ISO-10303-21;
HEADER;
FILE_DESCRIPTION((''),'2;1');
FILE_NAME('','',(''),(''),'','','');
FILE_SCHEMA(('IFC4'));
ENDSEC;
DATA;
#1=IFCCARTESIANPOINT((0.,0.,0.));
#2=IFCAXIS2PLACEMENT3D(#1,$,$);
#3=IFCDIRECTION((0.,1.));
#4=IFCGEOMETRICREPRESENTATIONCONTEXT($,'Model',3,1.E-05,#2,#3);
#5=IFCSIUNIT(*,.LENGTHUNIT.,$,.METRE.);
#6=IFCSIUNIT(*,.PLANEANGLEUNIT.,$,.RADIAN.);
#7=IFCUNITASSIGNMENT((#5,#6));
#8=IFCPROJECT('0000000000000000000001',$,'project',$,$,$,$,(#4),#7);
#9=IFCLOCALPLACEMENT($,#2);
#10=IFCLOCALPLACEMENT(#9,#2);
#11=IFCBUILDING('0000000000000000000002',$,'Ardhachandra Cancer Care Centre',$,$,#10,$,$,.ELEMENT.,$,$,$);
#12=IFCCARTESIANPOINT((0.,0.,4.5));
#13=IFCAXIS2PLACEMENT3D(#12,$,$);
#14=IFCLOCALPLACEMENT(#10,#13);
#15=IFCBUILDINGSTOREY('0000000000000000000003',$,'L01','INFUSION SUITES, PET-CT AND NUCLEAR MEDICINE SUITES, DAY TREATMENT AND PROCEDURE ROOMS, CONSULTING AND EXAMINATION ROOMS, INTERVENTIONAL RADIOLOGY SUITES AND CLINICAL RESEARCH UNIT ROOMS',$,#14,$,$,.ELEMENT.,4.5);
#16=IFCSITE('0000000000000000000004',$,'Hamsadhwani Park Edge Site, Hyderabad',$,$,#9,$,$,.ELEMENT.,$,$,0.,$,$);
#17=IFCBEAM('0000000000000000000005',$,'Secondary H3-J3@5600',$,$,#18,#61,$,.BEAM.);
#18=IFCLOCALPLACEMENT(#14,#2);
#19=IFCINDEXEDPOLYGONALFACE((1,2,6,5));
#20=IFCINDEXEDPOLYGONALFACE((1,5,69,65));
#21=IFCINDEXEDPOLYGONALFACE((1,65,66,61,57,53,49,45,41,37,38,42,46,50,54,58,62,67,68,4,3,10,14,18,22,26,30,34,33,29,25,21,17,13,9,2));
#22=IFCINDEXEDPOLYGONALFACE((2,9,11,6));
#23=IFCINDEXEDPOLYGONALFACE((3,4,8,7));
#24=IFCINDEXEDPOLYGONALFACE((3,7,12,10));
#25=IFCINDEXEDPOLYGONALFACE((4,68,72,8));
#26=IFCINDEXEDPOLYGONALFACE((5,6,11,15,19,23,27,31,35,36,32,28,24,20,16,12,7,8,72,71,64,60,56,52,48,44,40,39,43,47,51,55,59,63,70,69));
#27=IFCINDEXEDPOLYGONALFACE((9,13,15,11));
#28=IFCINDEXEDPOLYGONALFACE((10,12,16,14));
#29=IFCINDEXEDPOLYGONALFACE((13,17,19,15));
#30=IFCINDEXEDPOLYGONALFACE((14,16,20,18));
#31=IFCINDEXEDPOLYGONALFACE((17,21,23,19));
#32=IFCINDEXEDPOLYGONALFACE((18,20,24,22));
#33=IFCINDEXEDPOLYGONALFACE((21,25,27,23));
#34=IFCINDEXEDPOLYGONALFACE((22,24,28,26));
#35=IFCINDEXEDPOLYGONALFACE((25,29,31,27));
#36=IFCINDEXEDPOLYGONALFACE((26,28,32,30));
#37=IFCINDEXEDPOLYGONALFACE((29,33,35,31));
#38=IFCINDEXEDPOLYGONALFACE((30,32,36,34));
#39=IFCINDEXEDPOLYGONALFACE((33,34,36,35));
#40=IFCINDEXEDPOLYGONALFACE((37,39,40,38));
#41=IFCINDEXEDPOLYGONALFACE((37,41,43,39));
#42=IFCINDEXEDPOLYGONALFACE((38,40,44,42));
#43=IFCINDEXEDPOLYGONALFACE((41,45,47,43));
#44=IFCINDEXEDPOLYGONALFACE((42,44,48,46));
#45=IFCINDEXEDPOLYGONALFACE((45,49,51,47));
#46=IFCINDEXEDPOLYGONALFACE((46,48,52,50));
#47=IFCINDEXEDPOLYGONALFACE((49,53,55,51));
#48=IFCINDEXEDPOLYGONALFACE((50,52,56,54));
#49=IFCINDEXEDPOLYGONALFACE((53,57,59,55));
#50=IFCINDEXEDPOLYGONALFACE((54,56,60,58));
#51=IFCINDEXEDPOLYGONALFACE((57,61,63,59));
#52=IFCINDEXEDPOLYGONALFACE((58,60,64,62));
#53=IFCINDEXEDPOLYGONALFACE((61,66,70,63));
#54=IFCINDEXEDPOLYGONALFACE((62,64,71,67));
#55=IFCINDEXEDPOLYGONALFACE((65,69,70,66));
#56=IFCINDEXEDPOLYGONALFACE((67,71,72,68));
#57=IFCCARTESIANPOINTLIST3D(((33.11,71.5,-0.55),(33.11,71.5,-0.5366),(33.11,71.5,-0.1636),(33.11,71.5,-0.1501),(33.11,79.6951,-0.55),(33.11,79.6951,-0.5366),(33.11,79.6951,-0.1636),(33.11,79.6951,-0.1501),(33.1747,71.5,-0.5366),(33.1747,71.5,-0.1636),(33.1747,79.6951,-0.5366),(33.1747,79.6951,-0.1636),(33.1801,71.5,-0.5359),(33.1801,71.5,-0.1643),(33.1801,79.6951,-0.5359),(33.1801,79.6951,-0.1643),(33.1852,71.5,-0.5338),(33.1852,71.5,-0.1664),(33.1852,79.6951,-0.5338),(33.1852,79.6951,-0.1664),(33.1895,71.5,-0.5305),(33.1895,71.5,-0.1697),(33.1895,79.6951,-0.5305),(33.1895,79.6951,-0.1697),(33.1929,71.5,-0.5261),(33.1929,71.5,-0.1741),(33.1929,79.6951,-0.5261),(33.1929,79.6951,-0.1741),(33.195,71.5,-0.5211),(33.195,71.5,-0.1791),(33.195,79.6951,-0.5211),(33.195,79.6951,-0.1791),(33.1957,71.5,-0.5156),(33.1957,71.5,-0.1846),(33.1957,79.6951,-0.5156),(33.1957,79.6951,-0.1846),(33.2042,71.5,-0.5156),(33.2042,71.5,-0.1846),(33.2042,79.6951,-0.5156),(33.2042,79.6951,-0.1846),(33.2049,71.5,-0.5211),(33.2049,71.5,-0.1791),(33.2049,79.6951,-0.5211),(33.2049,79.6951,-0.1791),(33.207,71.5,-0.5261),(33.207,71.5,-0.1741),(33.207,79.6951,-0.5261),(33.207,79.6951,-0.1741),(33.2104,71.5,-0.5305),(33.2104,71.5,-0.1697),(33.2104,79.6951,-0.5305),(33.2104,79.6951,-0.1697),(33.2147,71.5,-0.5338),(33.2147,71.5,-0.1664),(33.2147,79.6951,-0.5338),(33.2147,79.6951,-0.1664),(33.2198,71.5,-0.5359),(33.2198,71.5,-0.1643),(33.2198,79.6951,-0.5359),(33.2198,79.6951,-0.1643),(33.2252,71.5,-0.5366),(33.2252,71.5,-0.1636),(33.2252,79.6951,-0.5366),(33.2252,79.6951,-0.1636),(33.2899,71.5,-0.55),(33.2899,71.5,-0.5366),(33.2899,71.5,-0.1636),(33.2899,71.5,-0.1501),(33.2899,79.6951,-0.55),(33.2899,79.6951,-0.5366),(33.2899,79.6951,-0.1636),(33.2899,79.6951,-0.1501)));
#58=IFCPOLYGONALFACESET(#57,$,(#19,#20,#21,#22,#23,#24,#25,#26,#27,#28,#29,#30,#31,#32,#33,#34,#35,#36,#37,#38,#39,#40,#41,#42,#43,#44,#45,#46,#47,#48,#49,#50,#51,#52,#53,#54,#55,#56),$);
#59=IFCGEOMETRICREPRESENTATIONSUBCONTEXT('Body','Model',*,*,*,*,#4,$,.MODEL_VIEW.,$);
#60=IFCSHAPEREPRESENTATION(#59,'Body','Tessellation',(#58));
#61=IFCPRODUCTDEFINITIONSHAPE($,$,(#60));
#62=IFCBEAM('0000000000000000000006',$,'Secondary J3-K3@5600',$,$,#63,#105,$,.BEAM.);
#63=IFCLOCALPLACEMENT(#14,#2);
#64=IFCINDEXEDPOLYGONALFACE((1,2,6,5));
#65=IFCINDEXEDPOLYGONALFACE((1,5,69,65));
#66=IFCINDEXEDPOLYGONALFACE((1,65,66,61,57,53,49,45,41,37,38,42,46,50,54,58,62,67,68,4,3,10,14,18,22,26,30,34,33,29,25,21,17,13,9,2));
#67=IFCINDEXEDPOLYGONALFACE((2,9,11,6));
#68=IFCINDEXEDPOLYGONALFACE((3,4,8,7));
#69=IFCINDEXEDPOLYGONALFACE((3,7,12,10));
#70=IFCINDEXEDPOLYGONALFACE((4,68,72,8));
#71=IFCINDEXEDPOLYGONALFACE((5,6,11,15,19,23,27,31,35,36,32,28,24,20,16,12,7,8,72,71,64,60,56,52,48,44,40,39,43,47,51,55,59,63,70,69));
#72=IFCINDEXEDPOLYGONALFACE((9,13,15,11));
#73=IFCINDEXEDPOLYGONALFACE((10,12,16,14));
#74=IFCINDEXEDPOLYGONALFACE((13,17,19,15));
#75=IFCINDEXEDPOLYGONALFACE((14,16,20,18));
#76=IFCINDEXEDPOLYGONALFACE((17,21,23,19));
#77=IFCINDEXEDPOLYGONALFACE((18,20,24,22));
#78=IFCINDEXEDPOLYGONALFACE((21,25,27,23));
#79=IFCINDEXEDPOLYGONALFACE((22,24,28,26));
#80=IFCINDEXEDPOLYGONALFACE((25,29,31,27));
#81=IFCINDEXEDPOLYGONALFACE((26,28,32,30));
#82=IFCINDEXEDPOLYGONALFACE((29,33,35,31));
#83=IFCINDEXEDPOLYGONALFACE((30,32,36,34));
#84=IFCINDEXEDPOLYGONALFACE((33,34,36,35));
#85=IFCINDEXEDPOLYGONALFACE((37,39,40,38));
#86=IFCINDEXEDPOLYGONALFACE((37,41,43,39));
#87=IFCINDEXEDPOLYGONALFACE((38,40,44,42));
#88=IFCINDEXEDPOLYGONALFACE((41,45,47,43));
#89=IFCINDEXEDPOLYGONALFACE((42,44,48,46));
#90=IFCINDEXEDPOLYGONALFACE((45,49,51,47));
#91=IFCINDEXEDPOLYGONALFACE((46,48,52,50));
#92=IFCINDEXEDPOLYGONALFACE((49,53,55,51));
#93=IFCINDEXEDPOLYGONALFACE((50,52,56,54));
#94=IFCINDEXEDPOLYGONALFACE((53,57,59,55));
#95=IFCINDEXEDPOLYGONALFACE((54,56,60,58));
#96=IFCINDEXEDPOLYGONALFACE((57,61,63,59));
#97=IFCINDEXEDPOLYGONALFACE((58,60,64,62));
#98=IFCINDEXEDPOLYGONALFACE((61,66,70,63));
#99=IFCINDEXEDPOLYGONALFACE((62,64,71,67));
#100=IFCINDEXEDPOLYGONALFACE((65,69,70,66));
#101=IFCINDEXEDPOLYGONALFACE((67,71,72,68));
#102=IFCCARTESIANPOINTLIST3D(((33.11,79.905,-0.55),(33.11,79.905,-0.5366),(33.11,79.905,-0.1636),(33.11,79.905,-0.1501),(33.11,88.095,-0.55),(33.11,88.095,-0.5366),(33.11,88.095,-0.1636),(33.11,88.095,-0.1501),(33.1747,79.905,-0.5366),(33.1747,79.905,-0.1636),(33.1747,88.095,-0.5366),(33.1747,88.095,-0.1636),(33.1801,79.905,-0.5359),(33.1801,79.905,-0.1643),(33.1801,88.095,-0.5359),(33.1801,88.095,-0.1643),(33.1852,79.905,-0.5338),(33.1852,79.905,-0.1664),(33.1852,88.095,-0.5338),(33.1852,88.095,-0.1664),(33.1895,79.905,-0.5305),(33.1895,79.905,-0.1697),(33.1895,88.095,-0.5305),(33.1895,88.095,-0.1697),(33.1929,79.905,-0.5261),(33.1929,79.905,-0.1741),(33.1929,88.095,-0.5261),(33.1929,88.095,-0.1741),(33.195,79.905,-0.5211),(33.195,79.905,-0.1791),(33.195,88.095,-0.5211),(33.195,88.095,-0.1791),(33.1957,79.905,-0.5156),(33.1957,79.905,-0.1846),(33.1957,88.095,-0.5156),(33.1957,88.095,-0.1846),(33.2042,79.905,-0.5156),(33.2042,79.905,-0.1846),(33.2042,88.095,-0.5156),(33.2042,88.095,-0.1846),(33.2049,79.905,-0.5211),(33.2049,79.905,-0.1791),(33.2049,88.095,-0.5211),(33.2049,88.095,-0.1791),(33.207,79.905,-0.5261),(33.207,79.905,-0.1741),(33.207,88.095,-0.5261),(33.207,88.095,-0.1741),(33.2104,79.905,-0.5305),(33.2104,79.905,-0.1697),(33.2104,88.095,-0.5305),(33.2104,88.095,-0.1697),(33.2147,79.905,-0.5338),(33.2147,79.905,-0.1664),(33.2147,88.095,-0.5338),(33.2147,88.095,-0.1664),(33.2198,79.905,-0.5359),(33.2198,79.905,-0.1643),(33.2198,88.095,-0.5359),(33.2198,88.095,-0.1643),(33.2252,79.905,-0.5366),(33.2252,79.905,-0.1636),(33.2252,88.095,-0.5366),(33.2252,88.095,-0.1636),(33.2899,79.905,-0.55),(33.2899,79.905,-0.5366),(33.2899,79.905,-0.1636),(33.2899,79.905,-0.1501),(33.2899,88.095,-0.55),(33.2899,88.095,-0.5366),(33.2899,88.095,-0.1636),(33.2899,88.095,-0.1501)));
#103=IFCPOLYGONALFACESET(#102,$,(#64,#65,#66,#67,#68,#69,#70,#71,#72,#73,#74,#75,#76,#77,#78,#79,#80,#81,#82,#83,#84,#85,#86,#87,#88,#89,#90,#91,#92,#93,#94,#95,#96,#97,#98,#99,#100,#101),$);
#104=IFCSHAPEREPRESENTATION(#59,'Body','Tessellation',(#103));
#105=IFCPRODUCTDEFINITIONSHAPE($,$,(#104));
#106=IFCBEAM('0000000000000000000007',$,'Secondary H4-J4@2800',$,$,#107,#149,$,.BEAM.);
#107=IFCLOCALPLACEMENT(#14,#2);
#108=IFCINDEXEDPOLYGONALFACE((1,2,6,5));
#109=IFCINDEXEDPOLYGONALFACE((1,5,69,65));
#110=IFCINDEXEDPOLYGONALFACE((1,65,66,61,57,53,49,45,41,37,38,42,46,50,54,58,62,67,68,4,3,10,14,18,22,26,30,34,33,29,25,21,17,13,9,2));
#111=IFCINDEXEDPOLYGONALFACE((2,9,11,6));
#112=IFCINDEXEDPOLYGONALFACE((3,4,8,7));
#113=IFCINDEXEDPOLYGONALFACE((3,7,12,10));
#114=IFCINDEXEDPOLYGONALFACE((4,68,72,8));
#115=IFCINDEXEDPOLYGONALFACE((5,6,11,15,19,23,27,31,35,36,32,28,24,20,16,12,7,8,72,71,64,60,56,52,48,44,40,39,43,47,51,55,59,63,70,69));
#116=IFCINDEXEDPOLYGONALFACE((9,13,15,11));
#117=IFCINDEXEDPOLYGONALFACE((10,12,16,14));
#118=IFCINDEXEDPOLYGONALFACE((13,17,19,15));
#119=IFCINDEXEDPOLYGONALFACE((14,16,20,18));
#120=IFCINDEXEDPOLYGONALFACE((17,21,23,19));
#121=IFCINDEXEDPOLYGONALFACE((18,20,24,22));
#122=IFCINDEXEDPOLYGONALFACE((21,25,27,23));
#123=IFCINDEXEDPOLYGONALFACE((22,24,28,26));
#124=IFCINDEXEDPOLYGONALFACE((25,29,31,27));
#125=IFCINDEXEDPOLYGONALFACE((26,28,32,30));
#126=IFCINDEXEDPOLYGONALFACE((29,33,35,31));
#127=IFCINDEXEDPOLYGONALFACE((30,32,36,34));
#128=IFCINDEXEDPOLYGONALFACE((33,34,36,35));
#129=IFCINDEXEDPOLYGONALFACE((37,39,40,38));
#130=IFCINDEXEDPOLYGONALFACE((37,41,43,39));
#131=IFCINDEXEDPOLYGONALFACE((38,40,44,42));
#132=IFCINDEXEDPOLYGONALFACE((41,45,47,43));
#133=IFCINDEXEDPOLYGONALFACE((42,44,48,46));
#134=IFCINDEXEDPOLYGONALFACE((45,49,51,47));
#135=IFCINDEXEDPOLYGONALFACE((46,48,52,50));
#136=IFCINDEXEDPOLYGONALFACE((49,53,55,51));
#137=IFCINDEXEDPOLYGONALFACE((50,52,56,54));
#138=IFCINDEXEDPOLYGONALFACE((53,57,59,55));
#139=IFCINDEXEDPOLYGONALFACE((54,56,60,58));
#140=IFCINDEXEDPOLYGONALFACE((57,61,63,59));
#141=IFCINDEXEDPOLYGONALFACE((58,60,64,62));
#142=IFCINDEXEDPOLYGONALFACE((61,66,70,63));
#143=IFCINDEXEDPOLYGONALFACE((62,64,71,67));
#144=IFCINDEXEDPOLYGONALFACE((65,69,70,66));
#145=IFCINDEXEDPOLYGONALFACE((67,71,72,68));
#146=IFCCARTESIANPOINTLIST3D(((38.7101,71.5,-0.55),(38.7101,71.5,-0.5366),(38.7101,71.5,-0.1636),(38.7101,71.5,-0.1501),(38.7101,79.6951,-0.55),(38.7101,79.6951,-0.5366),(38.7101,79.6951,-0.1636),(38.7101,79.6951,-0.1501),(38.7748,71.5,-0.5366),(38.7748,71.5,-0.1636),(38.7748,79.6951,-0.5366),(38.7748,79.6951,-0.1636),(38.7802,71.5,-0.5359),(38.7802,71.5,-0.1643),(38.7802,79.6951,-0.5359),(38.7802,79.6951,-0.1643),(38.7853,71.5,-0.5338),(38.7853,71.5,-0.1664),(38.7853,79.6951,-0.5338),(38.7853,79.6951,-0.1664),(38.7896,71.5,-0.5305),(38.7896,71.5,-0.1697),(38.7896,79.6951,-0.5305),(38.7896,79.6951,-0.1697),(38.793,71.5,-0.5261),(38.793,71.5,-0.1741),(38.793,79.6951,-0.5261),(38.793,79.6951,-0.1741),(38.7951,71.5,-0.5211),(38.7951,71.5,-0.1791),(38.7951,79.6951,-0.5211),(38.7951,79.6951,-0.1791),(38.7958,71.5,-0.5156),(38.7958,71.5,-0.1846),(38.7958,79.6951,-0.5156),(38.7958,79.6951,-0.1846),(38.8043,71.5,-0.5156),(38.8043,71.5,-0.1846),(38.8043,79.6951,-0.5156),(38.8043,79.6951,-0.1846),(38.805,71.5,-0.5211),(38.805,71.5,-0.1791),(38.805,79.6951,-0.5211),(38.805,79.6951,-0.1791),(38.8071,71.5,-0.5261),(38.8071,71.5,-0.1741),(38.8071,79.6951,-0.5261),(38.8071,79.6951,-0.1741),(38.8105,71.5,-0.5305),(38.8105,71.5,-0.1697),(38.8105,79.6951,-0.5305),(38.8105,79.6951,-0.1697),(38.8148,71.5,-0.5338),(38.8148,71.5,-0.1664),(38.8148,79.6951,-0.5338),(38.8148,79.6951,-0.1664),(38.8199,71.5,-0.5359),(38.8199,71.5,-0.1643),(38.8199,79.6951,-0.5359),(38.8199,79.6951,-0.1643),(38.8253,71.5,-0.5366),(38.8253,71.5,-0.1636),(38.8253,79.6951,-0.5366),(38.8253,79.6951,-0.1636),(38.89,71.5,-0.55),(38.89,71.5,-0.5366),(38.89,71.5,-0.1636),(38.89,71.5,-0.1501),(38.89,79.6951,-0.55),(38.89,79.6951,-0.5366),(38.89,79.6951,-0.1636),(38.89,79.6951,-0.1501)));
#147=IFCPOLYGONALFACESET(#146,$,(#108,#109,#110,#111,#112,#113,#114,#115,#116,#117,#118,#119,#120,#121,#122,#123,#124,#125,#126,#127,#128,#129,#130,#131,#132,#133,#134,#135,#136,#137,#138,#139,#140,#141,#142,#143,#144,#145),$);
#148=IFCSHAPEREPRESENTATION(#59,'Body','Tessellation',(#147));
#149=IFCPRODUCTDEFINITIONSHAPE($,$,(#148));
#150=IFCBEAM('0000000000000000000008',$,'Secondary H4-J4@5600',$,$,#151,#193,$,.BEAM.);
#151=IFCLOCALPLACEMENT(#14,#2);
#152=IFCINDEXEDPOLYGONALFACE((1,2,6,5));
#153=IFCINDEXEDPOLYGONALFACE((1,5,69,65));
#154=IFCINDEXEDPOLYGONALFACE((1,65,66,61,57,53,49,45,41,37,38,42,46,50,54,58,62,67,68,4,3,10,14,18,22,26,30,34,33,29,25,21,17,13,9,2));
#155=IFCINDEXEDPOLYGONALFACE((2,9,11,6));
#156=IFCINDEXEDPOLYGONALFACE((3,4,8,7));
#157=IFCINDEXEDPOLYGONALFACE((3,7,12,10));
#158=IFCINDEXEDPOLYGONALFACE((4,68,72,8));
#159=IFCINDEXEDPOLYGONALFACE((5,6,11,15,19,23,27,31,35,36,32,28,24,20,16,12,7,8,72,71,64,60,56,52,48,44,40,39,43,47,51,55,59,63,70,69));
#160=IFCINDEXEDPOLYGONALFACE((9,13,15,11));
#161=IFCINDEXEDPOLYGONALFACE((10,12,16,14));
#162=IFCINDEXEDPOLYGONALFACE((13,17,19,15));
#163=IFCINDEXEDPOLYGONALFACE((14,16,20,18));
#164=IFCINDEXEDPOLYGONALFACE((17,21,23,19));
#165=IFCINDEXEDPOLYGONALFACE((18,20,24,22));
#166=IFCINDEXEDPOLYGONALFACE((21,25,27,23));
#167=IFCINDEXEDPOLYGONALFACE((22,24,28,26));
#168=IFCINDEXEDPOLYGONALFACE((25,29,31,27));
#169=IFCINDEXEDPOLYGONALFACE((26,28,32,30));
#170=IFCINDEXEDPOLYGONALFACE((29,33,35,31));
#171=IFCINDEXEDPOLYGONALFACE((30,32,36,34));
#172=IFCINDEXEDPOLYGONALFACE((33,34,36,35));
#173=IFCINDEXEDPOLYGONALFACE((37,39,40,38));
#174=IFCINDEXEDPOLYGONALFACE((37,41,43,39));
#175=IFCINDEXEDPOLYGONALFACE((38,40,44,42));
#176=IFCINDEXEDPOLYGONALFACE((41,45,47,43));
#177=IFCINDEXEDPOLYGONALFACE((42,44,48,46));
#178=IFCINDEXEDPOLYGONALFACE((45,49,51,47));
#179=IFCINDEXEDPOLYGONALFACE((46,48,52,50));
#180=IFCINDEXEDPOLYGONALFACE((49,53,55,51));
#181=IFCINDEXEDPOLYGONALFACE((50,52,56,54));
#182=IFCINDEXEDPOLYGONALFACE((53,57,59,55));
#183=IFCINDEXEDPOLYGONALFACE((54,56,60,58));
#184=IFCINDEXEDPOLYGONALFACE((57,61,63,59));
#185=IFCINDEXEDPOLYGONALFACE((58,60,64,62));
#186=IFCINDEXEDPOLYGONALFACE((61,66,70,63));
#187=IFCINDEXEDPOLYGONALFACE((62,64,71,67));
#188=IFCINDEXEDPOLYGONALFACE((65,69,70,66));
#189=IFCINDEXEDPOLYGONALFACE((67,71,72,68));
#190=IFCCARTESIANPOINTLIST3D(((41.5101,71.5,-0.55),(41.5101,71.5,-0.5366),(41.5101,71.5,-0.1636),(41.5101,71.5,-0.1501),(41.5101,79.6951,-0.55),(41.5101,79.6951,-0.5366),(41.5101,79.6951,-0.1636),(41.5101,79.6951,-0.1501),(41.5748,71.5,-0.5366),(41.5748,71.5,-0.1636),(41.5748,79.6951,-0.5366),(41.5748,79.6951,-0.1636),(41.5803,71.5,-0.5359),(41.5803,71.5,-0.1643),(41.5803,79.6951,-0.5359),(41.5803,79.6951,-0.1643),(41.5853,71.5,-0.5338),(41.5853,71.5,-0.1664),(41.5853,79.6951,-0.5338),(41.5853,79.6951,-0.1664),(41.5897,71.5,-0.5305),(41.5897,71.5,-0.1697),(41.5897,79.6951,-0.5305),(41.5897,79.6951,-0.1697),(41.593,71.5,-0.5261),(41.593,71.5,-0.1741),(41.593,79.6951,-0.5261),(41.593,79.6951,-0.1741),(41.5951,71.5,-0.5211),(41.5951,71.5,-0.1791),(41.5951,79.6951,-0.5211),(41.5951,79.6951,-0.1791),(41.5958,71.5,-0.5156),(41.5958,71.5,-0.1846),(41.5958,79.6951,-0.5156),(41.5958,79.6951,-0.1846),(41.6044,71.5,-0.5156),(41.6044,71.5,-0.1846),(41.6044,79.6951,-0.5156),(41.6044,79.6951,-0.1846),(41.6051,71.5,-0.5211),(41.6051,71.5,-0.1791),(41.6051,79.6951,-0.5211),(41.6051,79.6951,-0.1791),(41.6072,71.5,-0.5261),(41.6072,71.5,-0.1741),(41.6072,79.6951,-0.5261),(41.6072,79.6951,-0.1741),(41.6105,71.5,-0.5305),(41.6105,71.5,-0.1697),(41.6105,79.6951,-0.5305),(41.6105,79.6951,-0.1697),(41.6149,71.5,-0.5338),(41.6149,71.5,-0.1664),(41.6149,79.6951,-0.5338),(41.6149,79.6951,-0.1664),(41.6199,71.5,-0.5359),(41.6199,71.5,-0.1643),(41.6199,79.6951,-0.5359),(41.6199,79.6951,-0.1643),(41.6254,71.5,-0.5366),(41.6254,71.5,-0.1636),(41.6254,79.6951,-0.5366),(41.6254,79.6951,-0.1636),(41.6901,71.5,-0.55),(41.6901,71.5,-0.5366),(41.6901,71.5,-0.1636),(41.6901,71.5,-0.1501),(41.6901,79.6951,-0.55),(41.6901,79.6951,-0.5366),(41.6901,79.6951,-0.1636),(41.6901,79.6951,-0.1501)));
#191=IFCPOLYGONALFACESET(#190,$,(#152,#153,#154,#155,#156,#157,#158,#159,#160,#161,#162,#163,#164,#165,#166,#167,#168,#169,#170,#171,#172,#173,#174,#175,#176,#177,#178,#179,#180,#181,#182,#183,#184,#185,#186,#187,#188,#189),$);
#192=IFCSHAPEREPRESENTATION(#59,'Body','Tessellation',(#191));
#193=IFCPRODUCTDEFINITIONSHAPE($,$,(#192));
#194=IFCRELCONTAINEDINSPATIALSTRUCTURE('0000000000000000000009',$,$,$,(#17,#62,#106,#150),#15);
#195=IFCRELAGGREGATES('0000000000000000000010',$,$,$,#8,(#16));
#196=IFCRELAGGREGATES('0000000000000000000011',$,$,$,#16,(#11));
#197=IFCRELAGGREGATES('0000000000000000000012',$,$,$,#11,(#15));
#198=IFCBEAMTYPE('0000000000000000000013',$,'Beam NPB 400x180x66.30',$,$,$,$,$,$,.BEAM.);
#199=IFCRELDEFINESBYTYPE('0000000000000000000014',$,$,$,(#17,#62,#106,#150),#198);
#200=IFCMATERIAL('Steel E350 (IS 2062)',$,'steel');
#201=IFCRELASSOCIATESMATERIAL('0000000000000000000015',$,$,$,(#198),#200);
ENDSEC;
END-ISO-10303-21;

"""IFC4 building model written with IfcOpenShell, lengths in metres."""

from ifc_helpers import new_model, si_unit, direction, frame, origin, origin_2d, place, context, subcontext, project, spatial, i_section, extrude, material, material_profile, profile_set, type_object, element, save


model = new_model("IFC4")

# Units and contexts
model_context = context("Model", 3, precision=1e-05, world=origin(), true_north=direction((0.0, 1.0)))
body_context = subcontext(model_context, "Body", "Model", "MODEL_VIEW")
ifc_project = project(units=[si_unit("LENGTHUNIT", "METRE"), si_unit("PLANEANGLEUNIT", "RADIAN")], contexts=[model_context])

# Site, building, storey
site_placement = place(None, origin())
site = spatial("IfcSite", under=ifc_project, at=site_placement, Name="Hamsadhwani Park Edge Site, Hyderabad", CompositionType="ELEMENT", RefElevation=0.0)
building_placement = place(site_placement, origin())
building = spatial("IfcBuilding", under=site, at=building_placement, Name="Ardhachandra Cancer Care Centre", CompositionType="ELEMENT")
storey_placement = place(building_placement, frame((0.0, 0.0, 4.5)))
storey = spatial("IfcBuildingStorey", under=building, at=storey_placement, Name="L01", Description="INFUSION SUITES, PET-CT AND NUCLEAR MEDICINE SUITES, DAY TREATMENT AND PROCEDURE ROOMS, CONSULTING AND EXAMINATION ROOMS, INTERVENTIONAL RADIOLOGY SUITES AND CLINICAL RESEARCH UNIT ROOMS", CompositionType="ELEMENT", Elevation=4.5)

# Beams
ifc_material_1 = material(Name="Steel E350 (IS 2062)", Category="steel")
ifc_material_profile_1 = material_profile(ifc_material_1, i_section(OverallWidth=0.1799, OverallDepth=0.3999, WebThickness=0.0085, FlangeThickness=0.0134, FilletRadius=0.021, at=origin_2d()), Name="NPB 400x180x66.30")
ifc_profile_set_1 = profile_set([ifc_material_profile_1], Name="Steel E350 (IS 2062)")
beam_type_1 = type_object("IfcBeamType", Name="Beam NPB 400x180x66.30", PredefinedType="BEAM", material=ifc_profile_set_1)
beam_1_placement = place(storey_placement, frame((33.2, 71.5, -0.3501), z_axis=(0.0, 1.0, 0.0), x_axis=(-1.0, 0.0, 0.0)))
element("IfcBeam", 1, at=beam_1_placement, inside=storey, type_object=beam_type_1, Name="Secondary H3-J3@5600", PredefinedType="BEAM", context=body_context, shape_type="SweptSolid", body=[
    extrude(i_section(OverallWidth=0.1799, OverallDepth=0.3999, WebThickness=0.0085, FlangeThickness=0.0134, FilletRadius=0.021, at=origin_2d()), origin(), (0.0, 0.0, 1.0), 8.1951),
])
beam_2_placement = place(storey_placement, frame((33.2, 79.905, -0.3501), z_axis=(0.0, 1.0, 0.0), x_axis=(-1.0, 0.0, 0.0)))
element("IfcBeam", 2, at=beam_2_placement, inside=storey, type_object=beam_type_1, Name="Secondary J3-K3@5600", PredefinedType="BEAM", context=body_context, shape_type="SweptSolid", body=[
    extrude(i_section(OverallWidth=0.1799, OverallDepth=0.3999, WebThickness=0.0085, FlangeThickness=0.0134, FilletRadius=0.021, at=origin_2d()), origin(), (0.0, 0.0, 1.0), 8.1899),
])
for number, where, z_axis, x_axis, name in (
    (3, (38.8, 71.5, -0.3501), (0.0, 1.0, 0.0), (-1.0, 0.0, 0.0), "Secondary H4-J4@2800"),
    (4, (41.6001, 71.5, -0.3501), (0.0, 1.0, 0.0), (-1.0, 0.0, 0.0), "Secondary H4-J4@5600"),
):
    element("IfcBeam", number, at=place(storey_placement, frame(where, z_axis=z_axis, x_axis=x_axis)), inside=storey, type_object=beam_type_1, Name=name, PredefinedType="BEAM", context=body_context, shape_type="SweptSolid", body=[
        extrude(i_section(OverallWidth=0.1799, OverallDepth=0.3999, WebThickness=0.0085, FlangeThickness=0.0134, FilletRadius=0.021, at=origin_2d()), origin(), (0.0, 0.0, 1.0), 8.1951),
    ])

save(model, "model.ifc")
